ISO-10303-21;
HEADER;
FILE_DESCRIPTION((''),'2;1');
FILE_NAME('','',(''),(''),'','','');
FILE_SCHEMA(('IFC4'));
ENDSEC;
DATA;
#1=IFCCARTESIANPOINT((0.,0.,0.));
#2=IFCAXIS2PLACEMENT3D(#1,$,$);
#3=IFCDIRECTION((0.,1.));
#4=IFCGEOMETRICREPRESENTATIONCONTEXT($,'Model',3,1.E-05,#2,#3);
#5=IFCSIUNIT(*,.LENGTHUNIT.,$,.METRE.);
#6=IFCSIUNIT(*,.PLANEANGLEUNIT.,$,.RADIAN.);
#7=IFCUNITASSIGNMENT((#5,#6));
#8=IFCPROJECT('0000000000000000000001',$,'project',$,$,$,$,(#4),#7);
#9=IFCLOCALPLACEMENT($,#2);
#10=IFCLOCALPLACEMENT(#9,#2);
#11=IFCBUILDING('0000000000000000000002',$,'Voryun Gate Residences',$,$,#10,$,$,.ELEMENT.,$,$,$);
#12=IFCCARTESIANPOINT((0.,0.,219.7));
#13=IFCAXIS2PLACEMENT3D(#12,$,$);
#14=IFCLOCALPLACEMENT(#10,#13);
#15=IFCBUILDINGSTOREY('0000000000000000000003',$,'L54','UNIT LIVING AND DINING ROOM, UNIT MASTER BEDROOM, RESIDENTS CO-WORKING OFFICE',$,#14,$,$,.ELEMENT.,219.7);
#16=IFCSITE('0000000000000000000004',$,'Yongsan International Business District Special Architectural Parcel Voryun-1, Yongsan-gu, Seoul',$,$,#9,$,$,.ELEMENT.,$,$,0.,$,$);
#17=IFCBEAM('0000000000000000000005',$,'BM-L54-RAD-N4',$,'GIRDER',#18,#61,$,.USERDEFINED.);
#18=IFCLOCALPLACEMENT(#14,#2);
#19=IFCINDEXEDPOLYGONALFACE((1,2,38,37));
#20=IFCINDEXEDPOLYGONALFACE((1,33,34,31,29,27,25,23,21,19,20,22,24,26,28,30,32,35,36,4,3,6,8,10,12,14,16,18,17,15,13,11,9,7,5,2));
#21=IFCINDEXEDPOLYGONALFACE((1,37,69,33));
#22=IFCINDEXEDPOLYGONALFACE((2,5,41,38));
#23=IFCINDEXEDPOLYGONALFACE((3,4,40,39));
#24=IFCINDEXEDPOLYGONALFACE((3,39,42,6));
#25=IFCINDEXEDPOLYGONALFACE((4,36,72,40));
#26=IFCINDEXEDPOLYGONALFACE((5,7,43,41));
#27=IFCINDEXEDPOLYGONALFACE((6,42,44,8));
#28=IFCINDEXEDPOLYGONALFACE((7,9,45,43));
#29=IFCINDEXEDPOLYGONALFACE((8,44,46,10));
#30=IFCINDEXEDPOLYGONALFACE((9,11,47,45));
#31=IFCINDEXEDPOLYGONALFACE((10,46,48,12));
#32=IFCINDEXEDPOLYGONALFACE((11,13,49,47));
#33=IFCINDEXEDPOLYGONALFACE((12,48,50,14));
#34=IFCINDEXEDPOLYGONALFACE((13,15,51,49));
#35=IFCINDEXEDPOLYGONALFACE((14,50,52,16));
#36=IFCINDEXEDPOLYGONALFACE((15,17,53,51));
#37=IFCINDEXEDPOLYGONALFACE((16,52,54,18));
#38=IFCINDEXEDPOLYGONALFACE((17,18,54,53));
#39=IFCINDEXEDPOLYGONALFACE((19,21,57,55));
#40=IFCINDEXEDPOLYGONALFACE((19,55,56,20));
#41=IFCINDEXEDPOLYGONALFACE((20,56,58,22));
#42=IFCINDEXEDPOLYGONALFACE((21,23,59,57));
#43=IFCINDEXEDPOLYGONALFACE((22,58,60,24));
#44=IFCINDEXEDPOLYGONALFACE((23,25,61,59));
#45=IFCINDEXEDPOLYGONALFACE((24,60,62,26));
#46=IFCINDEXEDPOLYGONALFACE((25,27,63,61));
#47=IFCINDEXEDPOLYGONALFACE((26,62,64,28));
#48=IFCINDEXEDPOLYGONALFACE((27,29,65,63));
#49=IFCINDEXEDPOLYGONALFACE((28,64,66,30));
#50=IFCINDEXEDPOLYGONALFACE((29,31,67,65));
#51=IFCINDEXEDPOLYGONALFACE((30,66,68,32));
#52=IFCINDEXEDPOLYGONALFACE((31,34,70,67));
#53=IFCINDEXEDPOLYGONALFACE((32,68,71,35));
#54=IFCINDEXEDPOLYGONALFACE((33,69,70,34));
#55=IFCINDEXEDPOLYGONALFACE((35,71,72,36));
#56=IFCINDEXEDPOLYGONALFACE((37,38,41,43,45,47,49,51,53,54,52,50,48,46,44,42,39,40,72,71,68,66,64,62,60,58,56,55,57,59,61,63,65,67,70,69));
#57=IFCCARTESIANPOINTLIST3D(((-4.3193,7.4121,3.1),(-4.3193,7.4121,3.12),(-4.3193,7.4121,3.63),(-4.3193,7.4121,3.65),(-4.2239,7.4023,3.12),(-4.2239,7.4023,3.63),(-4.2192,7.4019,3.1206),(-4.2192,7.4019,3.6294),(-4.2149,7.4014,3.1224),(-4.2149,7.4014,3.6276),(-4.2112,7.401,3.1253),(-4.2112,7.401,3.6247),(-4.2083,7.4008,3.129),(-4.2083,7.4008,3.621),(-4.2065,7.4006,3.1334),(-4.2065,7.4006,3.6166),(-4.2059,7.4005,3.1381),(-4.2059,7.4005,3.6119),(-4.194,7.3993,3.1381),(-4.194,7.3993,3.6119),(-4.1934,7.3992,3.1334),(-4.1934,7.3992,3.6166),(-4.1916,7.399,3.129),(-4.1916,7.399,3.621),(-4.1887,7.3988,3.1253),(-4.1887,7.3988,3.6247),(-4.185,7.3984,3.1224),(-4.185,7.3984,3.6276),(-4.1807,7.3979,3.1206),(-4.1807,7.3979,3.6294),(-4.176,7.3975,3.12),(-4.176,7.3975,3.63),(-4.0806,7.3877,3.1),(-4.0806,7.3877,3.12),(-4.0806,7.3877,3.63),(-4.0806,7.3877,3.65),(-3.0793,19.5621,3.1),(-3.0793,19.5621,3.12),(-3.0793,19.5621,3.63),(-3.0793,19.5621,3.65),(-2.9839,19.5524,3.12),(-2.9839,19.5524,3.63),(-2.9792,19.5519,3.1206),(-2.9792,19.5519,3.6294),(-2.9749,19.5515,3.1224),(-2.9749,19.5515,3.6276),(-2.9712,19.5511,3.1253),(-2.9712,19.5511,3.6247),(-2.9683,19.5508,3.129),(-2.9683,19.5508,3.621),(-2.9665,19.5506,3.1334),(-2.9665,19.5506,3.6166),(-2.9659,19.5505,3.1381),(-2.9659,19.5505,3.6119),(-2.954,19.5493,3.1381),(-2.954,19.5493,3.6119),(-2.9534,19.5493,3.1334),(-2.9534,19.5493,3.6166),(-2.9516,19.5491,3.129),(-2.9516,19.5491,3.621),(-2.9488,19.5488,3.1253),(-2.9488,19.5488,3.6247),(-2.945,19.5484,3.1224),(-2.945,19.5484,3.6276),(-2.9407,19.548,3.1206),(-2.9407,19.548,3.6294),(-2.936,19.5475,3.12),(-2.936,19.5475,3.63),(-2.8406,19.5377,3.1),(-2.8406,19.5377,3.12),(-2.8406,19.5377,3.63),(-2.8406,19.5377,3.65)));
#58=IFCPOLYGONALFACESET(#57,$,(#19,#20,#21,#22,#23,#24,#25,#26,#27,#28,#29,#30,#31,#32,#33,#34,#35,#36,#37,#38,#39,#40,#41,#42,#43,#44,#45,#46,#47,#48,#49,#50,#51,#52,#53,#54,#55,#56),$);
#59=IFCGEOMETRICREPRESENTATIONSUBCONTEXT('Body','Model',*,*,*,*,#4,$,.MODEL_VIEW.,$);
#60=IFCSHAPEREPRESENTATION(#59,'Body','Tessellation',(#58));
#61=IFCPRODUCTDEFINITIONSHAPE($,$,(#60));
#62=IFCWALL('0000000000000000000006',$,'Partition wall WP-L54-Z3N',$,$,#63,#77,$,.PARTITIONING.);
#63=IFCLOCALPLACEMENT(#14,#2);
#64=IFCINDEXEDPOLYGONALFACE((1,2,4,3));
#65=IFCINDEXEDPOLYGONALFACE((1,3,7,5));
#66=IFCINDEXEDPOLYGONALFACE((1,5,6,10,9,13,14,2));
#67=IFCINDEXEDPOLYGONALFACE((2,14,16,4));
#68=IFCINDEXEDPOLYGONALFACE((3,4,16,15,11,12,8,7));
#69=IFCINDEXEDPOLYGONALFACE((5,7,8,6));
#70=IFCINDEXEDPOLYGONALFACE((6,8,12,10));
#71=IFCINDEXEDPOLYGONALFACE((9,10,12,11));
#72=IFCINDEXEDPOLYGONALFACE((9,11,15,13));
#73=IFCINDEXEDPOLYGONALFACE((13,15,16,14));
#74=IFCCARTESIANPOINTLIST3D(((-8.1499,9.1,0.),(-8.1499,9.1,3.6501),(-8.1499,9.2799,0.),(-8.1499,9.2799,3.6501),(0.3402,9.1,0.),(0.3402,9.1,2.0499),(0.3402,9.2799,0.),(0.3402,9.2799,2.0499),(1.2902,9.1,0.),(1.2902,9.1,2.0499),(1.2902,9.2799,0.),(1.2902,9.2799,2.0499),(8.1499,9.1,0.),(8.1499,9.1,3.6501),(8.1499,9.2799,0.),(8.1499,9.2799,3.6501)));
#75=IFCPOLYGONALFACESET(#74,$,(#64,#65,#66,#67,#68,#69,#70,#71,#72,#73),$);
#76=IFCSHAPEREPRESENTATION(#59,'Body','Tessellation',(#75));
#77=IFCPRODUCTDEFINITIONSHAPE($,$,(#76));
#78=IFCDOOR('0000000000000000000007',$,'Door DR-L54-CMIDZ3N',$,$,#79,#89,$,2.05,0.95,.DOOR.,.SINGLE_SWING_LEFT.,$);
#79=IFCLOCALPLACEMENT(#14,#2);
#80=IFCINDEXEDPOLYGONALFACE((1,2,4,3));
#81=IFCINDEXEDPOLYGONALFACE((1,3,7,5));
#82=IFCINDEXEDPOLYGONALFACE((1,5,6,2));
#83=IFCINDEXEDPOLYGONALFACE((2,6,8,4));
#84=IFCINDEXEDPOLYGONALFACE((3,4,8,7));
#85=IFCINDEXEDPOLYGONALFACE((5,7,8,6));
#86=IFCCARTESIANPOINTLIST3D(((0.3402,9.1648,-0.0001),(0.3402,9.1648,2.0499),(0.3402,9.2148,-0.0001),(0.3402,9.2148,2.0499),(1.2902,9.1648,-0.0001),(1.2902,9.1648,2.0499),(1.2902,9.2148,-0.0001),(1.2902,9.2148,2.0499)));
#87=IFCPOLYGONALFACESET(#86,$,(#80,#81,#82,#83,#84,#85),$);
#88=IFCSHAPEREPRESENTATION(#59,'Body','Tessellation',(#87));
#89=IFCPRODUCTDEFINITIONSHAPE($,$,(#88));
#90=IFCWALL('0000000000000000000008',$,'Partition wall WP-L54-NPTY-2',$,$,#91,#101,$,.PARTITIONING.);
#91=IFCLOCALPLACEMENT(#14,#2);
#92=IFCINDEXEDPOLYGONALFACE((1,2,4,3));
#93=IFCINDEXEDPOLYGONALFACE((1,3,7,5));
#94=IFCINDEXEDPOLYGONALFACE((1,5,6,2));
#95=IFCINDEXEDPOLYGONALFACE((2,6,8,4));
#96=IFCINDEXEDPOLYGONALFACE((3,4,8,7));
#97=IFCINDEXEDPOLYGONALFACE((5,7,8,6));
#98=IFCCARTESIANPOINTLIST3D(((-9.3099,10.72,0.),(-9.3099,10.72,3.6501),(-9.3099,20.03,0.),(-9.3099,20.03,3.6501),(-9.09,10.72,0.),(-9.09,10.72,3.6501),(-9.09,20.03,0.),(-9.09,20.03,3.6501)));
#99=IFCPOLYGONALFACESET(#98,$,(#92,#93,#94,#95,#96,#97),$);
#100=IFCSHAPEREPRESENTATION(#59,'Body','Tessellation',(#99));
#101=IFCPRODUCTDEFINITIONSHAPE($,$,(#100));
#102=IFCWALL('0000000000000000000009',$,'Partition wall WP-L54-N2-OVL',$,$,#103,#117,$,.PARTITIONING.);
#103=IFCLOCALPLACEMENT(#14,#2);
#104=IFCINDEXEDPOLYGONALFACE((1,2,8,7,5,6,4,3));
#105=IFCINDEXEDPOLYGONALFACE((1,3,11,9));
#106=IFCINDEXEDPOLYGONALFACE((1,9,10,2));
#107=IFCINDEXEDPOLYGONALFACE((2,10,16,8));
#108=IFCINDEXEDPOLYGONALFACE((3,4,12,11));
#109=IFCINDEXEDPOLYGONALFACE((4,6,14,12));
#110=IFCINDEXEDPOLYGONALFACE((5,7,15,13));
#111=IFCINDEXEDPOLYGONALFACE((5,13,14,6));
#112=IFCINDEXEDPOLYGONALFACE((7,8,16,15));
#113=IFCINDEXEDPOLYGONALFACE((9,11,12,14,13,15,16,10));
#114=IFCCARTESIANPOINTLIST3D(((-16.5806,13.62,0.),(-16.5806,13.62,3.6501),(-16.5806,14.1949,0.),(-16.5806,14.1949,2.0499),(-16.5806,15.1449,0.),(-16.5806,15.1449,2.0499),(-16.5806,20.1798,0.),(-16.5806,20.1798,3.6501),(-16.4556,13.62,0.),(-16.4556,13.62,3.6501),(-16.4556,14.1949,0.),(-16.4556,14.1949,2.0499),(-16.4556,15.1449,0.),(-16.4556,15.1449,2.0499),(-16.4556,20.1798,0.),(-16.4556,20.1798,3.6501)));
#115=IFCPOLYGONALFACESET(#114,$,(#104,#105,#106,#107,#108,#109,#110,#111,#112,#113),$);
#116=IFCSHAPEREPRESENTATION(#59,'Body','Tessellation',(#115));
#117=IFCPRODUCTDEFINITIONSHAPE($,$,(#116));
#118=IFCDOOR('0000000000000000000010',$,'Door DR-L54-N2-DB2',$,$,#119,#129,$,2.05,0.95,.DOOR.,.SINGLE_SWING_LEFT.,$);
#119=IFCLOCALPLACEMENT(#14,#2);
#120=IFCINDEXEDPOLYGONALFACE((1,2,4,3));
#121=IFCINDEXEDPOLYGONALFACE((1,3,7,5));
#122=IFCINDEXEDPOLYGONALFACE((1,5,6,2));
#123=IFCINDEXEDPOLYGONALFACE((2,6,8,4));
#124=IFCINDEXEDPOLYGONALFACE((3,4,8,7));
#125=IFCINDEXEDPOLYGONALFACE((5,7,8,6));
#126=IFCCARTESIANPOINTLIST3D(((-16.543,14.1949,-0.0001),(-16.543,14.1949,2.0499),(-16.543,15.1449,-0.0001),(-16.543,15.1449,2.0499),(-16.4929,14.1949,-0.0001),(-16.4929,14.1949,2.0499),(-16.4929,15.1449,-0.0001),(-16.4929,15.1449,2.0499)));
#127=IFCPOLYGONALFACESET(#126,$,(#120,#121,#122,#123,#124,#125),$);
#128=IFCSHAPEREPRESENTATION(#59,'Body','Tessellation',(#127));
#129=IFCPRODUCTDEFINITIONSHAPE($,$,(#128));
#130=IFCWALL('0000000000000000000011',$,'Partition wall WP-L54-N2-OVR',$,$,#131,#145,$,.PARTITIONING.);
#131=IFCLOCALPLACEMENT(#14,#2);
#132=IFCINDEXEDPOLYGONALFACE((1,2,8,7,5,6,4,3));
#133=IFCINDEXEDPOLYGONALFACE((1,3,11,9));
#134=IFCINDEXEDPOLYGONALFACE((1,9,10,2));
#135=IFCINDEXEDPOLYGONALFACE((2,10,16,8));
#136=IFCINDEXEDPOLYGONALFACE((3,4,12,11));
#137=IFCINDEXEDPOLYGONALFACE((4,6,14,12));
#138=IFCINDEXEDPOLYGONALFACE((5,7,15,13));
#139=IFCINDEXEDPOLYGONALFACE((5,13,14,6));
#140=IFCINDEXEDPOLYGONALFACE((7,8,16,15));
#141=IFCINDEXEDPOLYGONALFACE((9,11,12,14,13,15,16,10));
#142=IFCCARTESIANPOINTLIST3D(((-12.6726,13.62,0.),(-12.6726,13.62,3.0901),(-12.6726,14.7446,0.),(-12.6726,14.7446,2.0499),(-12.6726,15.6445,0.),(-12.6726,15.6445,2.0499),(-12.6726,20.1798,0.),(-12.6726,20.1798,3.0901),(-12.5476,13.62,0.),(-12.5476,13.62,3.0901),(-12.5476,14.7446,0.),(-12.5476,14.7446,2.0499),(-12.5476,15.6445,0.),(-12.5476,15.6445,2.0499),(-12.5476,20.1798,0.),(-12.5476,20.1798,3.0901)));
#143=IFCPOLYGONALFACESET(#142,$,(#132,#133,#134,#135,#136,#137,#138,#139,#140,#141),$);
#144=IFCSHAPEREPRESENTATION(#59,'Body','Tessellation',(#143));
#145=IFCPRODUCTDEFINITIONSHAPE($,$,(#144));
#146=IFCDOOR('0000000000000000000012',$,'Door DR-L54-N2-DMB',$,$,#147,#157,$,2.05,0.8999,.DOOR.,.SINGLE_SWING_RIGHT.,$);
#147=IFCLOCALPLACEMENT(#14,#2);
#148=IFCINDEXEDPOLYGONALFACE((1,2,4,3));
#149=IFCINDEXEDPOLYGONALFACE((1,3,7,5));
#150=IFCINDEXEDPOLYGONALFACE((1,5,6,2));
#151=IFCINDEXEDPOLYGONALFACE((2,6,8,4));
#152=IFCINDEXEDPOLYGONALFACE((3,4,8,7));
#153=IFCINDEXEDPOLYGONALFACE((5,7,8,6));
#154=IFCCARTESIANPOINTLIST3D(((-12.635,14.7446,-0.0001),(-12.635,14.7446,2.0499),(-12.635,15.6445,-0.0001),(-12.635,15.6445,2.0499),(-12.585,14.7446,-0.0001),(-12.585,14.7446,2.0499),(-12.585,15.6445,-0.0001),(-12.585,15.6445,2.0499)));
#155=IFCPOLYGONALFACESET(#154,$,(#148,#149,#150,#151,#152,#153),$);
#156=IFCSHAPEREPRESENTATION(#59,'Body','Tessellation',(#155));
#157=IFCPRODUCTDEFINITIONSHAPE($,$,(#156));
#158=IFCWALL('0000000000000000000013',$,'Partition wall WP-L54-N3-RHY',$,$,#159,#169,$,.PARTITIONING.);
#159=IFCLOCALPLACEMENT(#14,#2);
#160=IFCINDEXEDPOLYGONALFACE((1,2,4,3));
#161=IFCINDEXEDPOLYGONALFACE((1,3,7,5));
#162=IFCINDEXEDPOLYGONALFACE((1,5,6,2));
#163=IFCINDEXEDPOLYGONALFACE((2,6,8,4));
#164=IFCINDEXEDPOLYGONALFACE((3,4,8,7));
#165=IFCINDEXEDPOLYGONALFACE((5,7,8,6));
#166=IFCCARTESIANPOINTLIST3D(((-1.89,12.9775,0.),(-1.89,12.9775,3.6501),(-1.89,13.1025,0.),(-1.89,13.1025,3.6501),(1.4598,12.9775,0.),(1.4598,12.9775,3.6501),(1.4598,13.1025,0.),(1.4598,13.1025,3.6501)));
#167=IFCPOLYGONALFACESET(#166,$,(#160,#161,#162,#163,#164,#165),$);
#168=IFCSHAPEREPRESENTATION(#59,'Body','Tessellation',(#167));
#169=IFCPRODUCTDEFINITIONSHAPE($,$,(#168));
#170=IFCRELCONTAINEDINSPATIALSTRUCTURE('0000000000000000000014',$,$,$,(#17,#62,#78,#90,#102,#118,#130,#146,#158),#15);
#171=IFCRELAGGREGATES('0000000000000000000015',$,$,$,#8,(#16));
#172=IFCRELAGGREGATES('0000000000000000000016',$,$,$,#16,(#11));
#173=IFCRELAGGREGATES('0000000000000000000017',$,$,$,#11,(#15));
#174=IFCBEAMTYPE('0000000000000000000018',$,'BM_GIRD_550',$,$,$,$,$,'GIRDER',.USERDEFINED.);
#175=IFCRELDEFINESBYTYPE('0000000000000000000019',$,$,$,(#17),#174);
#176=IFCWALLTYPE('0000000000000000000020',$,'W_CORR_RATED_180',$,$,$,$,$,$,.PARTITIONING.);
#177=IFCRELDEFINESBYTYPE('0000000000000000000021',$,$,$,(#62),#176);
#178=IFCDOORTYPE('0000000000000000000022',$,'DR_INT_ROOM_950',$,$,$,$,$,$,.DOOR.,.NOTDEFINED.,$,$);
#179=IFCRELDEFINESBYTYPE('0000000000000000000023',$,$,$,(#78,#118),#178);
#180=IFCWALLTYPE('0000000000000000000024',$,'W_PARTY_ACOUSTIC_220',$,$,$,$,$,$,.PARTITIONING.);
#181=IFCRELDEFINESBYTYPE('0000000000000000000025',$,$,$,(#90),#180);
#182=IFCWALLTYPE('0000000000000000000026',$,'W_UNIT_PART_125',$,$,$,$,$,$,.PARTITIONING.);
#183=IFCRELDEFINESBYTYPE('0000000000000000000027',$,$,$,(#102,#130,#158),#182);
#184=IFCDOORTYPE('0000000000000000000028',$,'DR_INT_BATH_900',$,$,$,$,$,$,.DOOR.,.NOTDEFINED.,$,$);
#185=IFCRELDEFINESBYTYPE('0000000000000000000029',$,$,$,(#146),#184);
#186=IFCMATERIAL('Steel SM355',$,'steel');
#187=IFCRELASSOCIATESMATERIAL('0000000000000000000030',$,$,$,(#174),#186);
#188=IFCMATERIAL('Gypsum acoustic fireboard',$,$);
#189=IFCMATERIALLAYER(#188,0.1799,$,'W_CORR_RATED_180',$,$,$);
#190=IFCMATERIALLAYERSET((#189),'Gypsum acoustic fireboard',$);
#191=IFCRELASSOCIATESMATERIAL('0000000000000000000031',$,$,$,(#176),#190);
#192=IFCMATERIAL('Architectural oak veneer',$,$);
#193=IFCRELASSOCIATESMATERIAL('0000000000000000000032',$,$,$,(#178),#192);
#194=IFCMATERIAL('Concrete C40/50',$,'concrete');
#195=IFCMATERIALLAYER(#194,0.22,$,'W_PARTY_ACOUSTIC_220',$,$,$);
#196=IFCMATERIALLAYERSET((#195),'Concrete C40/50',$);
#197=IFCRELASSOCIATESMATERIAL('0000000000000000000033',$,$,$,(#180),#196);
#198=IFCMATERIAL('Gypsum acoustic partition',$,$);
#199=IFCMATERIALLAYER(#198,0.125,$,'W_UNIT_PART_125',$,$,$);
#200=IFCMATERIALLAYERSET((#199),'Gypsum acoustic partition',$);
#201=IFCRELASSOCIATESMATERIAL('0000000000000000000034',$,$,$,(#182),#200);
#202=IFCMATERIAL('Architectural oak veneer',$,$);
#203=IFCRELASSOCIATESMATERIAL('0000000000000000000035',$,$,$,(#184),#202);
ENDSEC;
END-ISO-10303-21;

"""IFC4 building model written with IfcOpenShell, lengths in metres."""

from ifc_helpers import new_model, si_unit, direction, frame, frame_2d, origin, origin_2d, place, context, subcontext, project, spatial, rectangle, i_section, extrude, material, layer, layer_set, material_profile, profile_set, type_object, element, fill, save


model = new_model("IFC4")

# Units and contexts
model_context = context("Model", 3, precision=1e-05, world=origin(), true_north=direction((0.0, 1.0)))
body_context = subcontext(model_context, "Body", "Model", "MODEL_VIEW")
ifc_project = project(units=[si_unit("LENGTHUNIT", "METRE"), si_unit("PLANEANGLEUNIT", "RADIAN")], contexts=[model_context])

# Site, building, storey
site_placement = place(None, origin())
site = spatial("IfcSite", under=ifc_project, at=site_placement, Name="Yongsan International Business District Special Architectural Parcel Voryun-1, Yongsan-gu, Seoul", CompositionType="ELEMENT", RefElevation=0.0)
building_placement = place(site_placement, origin())
building = spatial("IfcBuilding", under=site, at=building_placement, Name="Voryun Gate Residences", CompositionType="ELEMENT")
storey_placement = place(building_placement, frame((0.0, 0.0, 219.7)))
storey = spatial("IfcBuildingStorey", under=building, at=storey_placement, Name="L54", Description="UNIT LIVING AND DINING ROOM, UNIT MASTER BEDROOM, RESIDENTS CO-WORKING OFFICE", CompositionType="ELEMENT", Elevation=219.7)

# Beam
ifc_material_1 = material(Name="Steel SM355", Category="steel")
ifc_material_profile_1 = material_profile(ifc_material_1, i_section(OverallWidth=0.24, OverallDepth=0.55, WebThickness=0.012, FlangeThickness=0.02, FilletRadius=0.0181, at=origin_2d()), Name="H-550x240x12x20")
ifc_profile_set_1 = profile_set([ifc_material_profile_1], Name="Steel SM355")
beam_type_1 = type_object("IfcBeamType", Name="BM_GIRD_550", ElementType="GIRDER", PredefinedType="USERDEFINED", material=ifc_profile_set_1)
beam_1_placement = place(storey_placement, frame((-4.2, 7.3999, 3.375), z_axis=(0.101528, 0.994833, 0.0), x_axis=(-0.994833, 0.101528, 0.0)))
element("IfcBeam", 1, at=beam_1_placement, inside=storey, type_object=beam_type_1, Name="BM-L54-RAD-N4", ObjectType="GIRDER", PredefinedType="USERDEFINED", context=body_context, shape_type="SweptSolid", body=[
    extrude(i_section(OverallWidth=0.24, OverallDepth=0.55, WebThickness=0.012, FlangeThickness=0.02, FilletRadius=0.0181, at=origin_2d()), origin(), (0.0, 0.0, 1.0), 12.2131),
])

# Wall, opening, door
ifc_material_2 = material(Name="Gypsum acoustic fireboard")
ifc_layer_1 = layer(ifc_material_2, 0.1799, Name="W_CORR_RATED_180")
ifc_layer_set_1 = layer_set([ifc_layer_1], Name="Gypsum acoustic fireboard")
wall_type_1 = type_object("IfcWallType", Name="W_CORR_RATED_180", PredefinedType="PARTITIONING", material=ifc_layer_set_1)
wall_1_placement = place(storey_placement, frame((-8.1499, 9.1899, 0.0), z_axis=(0.0, 0.0, 1.0), x_axis=(1.0, 0.0, 0.0)))
wall_1 = element("IfcWall", 2, at=wall_1_placement, inside=storey, type_object=wall_type_1, Name="Partition wall WP-L54-Z3N", PredefinedType="PARTITIONING", context=body_context, shape_type="SweptSolid", body=[
    extrude(rectangle(XDim=16.2998, YDim=0.1799, at=frame_2d((8.1499, 0.0))), origin(), (0.0, 0.0, 1.0), 3.6501),
])
opening_1_placement = place(wall_1_placement, frame((8.49, 0.0, 0.0)))
opening_1 = element("IfcOpeningElement", 3, at=opening_1_placement, cuts=wall_1, PredefinedType="OPENING", context=body_context, shape_type="SweptSolid", body=[
    extrude(rectangle(XDim=0.95, YDim=2.05, at=frame_2d((0.4751, 1.0249))), frame((0.0, 0.0999, 0.0), z_axis=(0.0, -1.0, 0.0), x_axis=(1.0, 0.0, 0.0)), (0.0, 0.0, 1.0), 0.2),
])
ifc_material_3 = material(Name="Architectural oak veneer")
door_type_1 = type_object("IfcDoorType", Name="DR_INT_ROOM_950", OperationType="NOTDEFINED", PredefinedType="DOOR", material=ifc_material_3)
door_1_placement = place(opening_1_placement, origin())
door_1 = element("IfcDoor", 4, at=door_1_placement, inside=storey, type_object=door_type_1, Name="Door DR-L54-CMIDZ3N", OperationType="SINGLE_SWING_LEFT", OverallHeight=2.05, OverallWidth=0.95, PredefinedType="DOOR", context=body_context, shape_type="SweptSolid", body=[
    extrude(rectangle(XDim=0.95, YDim=2.05, at=frame_2d((0.4751, 1.0249))), frame((0.0, 0.0249, 0.0), z_axis=(0.0, -1.0, 0.0), x_axis=(1.0, 0.0, 0.0)), (0.0, 0.0, 1.0), 0.05),
])
fill(opening_1, door_1)

# Wall
ifc_material_4 = material(Name="Concrete C40/50", Category="concrete")
ifc_layer_2 = layer(ifc_material_4, 0.22, Name="W_PARTY_ACOUSTIC_220")
ifc_layer_set_2 = layer_set([ifc_layer_2], Name="Concrete C40/50")
wall_type_2 = type_object("IfcWallType", Name="W_PARTY_ACOUSTIC_220", PredefinedType="PARTITIONING", material=ifc_layer_set_2)
wall_2_placement = place(storey_placement, frame((-9.2, 10.72, 0.0), z_axis=(0.0, 0.0, 1.0), x_axis=(0.0, 1.0, 0.0)))
element("IfcWall", 5, at=wall_2_placement, inside=storey, type_object=wall_type_2, Name="Partition wall WP-L54-NPTY-2", PredefinedType="PARTITIONING", context=body_context, shape_type="SweptSolid", body=[
    extrude(rectangle(XDim=9.3101, YDim=0.22, at=frame_2d((4.655, 0.0))), origin(), (0.0, 0.0, 1.0), 3.6501),
])

# Walls, openings, doors
ifc_material_5 = material(Name="Gypsum acoustic partition")
ifc_layer_3 = layer(ifc_material_5, 0.125, Name="W_UNIT_PART_125")
ifc_layer_set_3 = layer_set([ifc_layer_3], Name="Gypsum acoustic partition")
wall_type_3 = type_object("IfcWallType", Name="W_UNIT_PART_125", PredefinedType="PARTITIONING", material=ifc_layer_set_3)
wall_3_placement = place(storey_placement, frame((-16.5181, 13.6201, 0.0), z_axis=(0.0, 0.0, 1.0), x_axis=(0.0, 1.0, 0.0)))
wall_3 = element("IfcWall", 6, at=wall_3_placement, inside=storey, type_object=wall_type_3, Name="Partition wall WP-L54-N2-OVL", PredefinedType="PARTITIONING", context=body_context, shape_type="SweptSolid", body=[
    extrude(rectangle(XDim=6.5598, YDim=0.125, at=frame_2d((3.2798, 0.0))), origin(), (0.0, 0.0, 1.0), 3.6501),
])
opening_2_placement = place(wall_3_placement, frame((0.5747, 0.0, 0.0)))
opening_2 = element("IfcOpeningElement", 7, at=opening_2_placement, cuts=wall_3, PredefinedType="OPENING", context=body_context, shape_type="SweptSolid", body=[
    extrude(rectangle(XDim=0.95, YDim=2.05, at=frame_2d((0.4751, 1.0249))), frame((0.0, 0.0725, 0.0), z_axis=(0.0, -1.0, 0.0), x_axis=(1.0, 0.0, 0.0)), (0.0, 0.0, 1.0), 0.145),
])
door_2_placement = place(opening_2_placement, origin())
door_2 = element("IfcDoor", 8, at=door_2_placement, inside=storey, type_object=door_type_1, Name="Door DR-L54-N2-DB2", OperationType="SINGLE_SWING_LEFT", OverallHeight=2.05, OverallWidth=0.95, PredefinedType="DOOR", context=body_context, shape_type="SweptSolid", body=[
    extrude(rectangle(XDim=0.95, YDim=2.05, at=frame_2d((0.4751, 1.0249))), frame((0.0, 0.0249, 0.0), z_axis=(0.0, -1.0, 0.0), x_axis=(1.0, 0.0, 0.0)), (0.0, 0.0, 1.0), 0.05),
])
fill(opening_2, door_2)
wall_4_placement = place(storey_placement, frame((-12.6101, 13.6201, 0.0), z_axis=(0.0, 0.0, 1.0), x_axis=(0.0, 1.0, 0.0)))
wall_4 = element("IfcWall", 9, at=wall_4_placement, inside=storey, type_object=wall_type_3, Name="Partition wall WP-L54-N2-OVR", PredefinedType="PARTITIONING", context=body_context, shape_type="SweptSolid", body=[
    extrude(rectangle(XDim=6.5598, YDim=0.125, at=frame_2d((3.2798, 0.0))), origin(), (0.0, 0.0, 1.0), 3.0901),
])
opening_3_placement = place(wall_4_placement, frame((1.1245, 0.0, 0.0)))
opening_3 = element("IfcOpeningElement", 10, at=opening_3_placement, cuts=wall_4, PredefinedType="OPENING", context=body_context, shape_type="SweptSolid", body=[
    extrude(rectangle(XDim=0.8999, YDim=2.05, at=frame_2d((0.45, 1.0249))), frame((0.0, 0.0725, 0.0), z_axis=(0.0, -1.0, 0.0), x_axis=(1.0, 0.0, 0.0)), (0.0, 0.0, 1.0), 0.145),
])
ifc_material_6 = material(Name="Architectural oak veneer")
door_type_2 = type_object("IfcDoorType", Name="DR_INT_BATH_900", OperationType="NOTDEFINED", PredefinedType="DOOR", material=ifc_material_6)
door_3_placement = place(opening_3_placement, origin())
door_3 = element("IfcDoor", 11, at=door_3_placement, inside=storey, type_object=door_type_2, Name="Door DR-L54-N2-DMB", OperationType="SINGLE_SWING_RIGHT", OverallHeight=2.05, OverallWidth=0.8999, PredefinedType="DOOR", context=body_context, shape_type="SweptSolid", body=[
    extrude(rectangle(XDim=0.8999, YDim=2.05, at=frame_2d((0.45, 1.0249))), frame((0.0, 0.0249, 0.0), z_axis=(0.0, -1.0, 0.0), x_axis=(1.0, 0.0, 0.0)), (0.0, 0.0, 1.0), 0.05),
])
fill(opening_3, door_3)

# Wall
wall_5_placement = place(storey_placement, frame((-1.8899, 13.04, 0.0), z_axis=(0.0, 0.0, 1.0), x_axis=(1.0, 0.0, 0.0)))
element("IfcWall", 12, at=wall_5_placement, inside=storey, type_object=wall_type_3, Name="Partition wall WP-L54-N3-RHY", PredefinedType="PARTITIONING", context=body_context, shape_type="SweptSolid", body=[
    extrude(rectangle(XDim=3.3499, YDim=0.125, at=frame_2d((1.6748, 0.0))), origin(), (0.0, 0.0, 1.0), 3.6501),
])

save(model, "model.ifc")
